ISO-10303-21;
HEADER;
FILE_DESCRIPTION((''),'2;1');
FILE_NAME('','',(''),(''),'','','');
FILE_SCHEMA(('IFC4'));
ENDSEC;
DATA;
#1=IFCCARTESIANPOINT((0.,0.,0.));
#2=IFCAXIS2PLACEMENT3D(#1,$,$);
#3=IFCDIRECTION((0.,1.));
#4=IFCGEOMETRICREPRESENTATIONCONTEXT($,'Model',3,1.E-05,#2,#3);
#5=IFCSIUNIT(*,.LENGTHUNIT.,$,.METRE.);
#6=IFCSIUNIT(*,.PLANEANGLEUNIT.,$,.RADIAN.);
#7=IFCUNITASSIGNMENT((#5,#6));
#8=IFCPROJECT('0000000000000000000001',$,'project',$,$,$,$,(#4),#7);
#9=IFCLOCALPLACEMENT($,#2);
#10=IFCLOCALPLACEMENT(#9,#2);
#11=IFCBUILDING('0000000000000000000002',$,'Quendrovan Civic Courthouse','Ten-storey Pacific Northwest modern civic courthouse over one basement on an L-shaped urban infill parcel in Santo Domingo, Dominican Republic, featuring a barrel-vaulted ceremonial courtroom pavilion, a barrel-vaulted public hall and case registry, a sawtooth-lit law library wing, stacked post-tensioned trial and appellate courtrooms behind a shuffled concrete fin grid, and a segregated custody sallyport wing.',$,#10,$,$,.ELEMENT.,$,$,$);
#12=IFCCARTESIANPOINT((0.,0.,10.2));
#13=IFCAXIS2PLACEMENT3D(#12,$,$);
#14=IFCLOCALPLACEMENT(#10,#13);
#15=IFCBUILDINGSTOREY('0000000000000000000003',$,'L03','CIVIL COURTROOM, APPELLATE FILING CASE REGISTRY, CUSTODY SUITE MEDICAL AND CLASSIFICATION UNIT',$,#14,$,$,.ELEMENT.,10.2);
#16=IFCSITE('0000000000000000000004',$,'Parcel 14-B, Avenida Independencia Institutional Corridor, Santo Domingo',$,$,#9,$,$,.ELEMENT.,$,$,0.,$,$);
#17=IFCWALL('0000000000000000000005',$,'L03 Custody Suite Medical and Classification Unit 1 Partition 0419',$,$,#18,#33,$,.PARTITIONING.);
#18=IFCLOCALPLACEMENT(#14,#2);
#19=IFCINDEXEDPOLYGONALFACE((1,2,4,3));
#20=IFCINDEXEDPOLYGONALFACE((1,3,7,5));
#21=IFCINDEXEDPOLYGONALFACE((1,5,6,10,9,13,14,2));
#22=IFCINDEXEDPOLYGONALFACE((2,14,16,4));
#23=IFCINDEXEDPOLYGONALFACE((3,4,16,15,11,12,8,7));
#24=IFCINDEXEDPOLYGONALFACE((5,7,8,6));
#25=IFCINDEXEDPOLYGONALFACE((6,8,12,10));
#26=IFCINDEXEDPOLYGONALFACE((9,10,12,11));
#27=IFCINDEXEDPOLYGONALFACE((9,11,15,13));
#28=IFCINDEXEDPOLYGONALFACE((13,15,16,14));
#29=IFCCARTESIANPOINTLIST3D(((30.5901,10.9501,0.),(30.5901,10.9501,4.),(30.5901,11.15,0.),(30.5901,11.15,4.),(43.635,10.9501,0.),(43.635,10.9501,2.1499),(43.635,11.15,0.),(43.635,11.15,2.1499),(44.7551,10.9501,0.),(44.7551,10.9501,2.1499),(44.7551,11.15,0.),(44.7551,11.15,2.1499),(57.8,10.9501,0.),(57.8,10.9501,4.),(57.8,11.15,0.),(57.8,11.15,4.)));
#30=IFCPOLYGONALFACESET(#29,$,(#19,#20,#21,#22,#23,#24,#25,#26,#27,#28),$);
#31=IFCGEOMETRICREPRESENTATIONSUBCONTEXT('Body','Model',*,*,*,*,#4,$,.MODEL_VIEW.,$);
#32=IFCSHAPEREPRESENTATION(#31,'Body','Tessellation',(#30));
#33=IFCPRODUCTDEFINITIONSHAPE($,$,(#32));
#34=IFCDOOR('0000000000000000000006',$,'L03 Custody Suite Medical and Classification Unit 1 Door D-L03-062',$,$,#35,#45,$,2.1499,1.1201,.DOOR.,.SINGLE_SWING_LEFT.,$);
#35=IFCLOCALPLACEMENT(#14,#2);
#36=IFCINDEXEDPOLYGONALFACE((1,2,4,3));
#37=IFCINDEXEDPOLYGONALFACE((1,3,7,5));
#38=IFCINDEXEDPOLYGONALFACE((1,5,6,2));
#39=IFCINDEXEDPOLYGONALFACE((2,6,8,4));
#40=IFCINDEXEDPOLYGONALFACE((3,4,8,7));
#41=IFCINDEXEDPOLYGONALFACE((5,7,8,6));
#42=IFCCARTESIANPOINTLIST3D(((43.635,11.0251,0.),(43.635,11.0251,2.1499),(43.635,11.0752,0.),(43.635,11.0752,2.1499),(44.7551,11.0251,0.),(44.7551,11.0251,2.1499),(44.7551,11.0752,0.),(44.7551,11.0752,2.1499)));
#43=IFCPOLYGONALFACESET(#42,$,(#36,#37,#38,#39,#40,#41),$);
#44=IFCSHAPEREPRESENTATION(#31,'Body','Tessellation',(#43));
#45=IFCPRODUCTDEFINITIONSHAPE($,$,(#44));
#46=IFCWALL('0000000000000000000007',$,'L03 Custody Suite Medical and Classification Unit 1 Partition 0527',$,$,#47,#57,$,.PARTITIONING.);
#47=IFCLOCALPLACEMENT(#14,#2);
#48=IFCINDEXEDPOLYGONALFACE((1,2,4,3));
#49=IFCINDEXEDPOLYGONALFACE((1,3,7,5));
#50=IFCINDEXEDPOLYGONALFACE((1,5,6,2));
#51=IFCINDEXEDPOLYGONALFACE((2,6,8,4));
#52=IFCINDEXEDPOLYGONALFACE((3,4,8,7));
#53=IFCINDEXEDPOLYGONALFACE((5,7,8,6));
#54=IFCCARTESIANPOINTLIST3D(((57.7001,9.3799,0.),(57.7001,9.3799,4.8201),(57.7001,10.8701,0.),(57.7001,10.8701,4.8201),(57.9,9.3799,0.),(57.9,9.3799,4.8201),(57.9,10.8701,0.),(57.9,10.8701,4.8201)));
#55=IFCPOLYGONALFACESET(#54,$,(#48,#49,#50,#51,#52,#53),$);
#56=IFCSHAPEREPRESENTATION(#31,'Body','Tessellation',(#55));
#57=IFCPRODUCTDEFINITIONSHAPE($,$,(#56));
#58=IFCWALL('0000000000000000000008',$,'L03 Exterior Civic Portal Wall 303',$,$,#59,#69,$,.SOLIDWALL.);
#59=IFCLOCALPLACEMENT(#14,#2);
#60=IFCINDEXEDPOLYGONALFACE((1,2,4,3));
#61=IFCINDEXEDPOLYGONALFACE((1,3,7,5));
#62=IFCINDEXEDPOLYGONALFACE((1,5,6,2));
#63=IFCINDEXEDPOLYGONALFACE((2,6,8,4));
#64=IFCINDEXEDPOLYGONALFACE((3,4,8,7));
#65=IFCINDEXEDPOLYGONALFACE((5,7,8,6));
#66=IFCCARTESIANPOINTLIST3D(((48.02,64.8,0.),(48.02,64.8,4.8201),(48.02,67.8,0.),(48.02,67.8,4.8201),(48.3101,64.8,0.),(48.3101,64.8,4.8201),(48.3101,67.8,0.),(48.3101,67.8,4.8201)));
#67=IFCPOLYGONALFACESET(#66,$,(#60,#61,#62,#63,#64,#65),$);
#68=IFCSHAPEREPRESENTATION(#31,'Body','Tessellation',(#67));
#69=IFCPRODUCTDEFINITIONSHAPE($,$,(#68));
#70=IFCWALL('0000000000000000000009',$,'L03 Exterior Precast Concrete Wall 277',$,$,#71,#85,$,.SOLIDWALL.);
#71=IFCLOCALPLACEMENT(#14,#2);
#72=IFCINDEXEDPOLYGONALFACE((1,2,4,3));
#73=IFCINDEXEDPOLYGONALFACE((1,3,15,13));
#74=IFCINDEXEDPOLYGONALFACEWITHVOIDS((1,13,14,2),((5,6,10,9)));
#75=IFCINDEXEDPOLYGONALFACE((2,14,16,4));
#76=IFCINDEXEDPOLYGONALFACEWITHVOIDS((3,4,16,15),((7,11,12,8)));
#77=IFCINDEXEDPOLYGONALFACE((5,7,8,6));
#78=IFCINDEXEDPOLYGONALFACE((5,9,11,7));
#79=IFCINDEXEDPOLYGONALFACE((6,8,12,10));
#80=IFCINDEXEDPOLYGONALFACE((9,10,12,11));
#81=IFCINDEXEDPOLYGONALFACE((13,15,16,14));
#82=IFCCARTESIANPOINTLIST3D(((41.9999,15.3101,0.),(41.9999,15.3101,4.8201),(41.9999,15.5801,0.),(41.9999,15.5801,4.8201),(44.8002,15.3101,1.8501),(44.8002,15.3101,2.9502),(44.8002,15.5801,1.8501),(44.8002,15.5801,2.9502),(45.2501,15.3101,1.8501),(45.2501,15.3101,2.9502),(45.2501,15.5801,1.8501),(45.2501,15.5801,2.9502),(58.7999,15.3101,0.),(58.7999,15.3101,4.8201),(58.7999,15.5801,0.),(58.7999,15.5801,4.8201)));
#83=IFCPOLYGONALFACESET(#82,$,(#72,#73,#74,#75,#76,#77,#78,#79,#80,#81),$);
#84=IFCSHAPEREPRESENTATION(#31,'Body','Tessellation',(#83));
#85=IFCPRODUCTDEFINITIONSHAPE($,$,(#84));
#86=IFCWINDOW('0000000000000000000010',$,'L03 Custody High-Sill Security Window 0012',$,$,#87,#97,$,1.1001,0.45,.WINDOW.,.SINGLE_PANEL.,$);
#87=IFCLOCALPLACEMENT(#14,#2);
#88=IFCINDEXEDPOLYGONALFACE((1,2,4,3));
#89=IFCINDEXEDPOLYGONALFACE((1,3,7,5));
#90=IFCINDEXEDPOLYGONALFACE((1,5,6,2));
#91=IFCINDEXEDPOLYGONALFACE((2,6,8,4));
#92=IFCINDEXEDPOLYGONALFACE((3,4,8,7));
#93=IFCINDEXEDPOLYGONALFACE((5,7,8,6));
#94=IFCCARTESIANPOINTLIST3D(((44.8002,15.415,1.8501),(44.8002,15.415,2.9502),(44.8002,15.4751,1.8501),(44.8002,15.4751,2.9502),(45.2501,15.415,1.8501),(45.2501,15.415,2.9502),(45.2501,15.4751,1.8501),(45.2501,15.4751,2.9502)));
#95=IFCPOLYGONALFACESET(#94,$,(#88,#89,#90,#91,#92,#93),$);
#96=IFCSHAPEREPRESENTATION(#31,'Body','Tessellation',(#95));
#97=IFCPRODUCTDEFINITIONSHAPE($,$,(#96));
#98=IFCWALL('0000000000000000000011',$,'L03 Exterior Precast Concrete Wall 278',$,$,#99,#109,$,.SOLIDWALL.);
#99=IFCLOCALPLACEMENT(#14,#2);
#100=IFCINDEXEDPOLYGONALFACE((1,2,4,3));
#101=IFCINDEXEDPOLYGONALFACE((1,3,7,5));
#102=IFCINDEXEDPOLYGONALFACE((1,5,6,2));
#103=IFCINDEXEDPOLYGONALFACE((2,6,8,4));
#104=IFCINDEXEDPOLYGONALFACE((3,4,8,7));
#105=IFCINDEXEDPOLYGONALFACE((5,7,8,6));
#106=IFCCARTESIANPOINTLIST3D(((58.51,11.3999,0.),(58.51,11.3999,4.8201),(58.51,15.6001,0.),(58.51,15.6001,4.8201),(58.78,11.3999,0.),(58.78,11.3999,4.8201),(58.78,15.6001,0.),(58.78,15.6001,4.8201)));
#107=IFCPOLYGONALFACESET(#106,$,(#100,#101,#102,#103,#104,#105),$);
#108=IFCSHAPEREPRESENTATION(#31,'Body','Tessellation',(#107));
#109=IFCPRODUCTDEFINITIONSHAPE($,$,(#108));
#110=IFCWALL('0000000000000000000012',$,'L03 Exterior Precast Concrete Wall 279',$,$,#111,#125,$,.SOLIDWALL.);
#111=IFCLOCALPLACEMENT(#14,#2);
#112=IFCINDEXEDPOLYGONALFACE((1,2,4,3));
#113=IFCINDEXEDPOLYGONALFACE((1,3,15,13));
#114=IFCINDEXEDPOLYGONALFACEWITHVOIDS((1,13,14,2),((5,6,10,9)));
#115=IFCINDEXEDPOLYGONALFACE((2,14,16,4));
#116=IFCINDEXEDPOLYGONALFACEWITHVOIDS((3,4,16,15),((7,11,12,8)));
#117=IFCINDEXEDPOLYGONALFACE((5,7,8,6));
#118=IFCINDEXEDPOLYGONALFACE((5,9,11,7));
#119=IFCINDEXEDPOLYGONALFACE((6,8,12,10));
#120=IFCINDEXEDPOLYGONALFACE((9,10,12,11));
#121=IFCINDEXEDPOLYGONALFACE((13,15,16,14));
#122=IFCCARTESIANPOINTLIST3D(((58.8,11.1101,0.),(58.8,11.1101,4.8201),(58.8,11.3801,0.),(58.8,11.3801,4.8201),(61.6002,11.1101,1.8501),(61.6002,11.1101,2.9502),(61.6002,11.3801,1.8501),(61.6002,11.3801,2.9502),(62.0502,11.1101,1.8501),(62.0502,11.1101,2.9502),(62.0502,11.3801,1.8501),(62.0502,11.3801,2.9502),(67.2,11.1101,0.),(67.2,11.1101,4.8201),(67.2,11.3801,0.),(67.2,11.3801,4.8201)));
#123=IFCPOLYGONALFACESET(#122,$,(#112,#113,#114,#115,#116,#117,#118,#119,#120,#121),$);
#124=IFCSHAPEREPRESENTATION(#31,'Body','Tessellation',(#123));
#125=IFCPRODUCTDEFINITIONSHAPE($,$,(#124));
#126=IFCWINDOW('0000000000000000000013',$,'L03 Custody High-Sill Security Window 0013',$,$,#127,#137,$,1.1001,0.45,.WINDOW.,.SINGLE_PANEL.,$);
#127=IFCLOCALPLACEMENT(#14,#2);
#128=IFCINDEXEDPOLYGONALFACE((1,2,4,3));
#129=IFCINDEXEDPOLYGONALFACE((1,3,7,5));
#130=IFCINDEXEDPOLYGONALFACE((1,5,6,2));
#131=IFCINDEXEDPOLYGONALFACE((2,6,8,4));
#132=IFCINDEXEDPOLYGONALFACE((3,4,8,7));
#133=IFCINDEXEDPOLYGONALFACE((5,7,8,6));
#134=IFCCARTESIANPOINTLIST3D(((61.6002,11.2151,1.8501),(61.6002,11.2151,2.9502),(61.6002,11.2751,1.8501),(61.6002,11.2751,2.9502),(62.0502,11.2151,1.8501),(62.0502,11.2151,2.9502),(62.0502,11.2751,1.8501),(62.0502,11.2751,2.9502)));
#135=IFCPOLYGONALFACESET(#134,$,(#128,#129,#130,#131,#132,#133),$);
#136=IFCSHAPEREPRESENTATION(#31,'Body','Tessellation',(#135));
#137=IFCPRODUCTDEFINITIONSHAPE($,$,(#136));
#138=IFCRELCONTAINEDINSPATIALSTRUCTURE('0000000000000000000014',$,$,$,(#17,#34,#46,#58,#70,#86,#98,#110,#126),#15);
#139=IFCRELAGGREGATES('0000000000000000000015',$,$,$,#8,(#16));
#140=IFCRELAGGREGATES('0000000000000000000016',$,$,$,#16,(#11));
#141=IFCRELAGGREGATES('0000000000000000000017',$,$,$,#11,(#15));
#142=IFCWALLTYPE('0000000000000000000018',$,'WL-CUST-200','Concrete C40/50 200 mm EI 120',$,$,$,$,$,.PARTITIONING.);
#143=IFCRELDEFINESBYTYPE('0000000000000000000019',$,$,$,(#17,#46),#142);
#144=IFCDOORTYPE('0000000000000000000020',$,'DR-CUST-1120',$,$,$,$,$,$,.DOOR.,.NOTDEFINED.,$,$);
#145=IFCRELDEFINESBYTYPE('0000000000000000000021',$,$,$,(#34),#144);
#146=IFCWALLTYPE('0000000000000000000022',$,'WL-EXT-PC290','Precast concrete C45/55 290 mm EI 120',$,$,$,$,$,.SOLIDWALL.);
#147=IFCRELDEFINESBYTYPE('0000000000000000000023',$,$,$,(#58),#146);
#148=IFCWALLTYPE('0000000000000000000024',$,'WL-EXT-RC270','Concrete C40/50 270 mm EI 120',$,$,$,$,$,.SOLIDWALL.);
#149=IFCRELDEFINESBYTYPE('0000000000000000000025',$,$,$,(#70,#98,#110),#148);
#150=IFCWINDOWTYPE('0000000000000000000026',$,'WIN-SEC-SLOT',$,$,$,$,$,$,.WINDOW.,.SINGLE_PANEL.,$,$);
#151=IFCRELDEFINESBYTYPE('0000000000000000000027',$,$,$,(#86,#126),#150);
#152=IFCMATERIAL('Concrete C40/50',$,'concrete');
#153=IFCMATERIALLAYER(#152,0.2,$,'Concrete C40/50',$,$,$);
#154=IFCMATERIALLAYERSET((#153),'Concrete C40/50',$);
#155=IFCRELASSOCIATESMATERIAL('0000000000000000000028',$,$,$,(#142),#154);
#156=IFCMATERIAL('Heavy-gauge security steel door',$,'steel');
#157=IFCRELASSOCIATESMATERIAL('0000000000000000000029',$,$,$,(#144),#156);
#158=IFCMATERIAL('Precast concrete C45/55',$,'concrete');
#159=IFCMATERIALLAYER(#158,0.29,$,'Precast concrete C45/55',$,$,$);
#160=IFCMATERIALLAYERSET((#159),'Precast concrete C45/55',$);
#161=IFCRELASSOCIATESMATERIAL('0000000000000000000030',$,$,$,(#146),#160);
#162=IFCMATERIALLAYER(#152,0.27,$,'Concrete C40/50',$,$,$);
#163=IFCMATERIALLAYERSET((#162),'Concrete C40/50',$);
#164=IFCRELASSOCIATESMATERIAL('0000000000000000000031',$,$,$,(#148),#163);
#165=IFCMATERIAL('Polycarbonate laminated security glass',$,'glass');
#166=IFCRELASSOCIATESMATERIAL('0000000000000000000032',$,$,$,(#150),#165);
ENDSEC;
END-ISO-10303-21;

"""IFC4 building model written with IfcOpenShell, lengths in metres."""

from ifc_helpers import new_model, si_unit, direction, frame, frame_2d, origin, place, context, subcontext, project, spatial, rectangle, extrude, material, layer, layer_set, type_object, element, fill, save


model = new_model("IFC4")

# Units and contexts
model_context = context("Model", 3, precision=1e-05, world=origin(), true_north=direction((0.0, 1.0)))
body_context = subcontext(model_context, "Body", "Model", "MODEL_VIEW")
ifc_project = project(units=[si_unit("LENGTHUNIT", "METRE"), si_unit("PLANEANGLEUNIT", "RADIAN")], contexts=[model_context])

# Site, building, storey
site_placement = place(None, origin())
site = spatial("IfcSite", under=ifc_project, at=site_placement, Name="Parcel 14-B, Avenida Independencia Institutional Corridor, Santo Domingo", CompositionType="ELEMENT", RefElevation=0.0)
building_placement = place(site_placement, origin())
building = spatial("IfcBuilding", under=site, at=building_placement, Name="Quendrovan Civic Courthouse", Description="Ten-storey Pacific Northwest modern civic courthouse over one basement on an L-shaped urban infill parcel in Santo Domingo, Dominican Republic, featuring a barrel-vaulted ceremonial courtroom pavilion, a barrel-vaulted public hall and case registry, a sawtooth-lit law library wing, stacked post-tensioned trial and appellate courtrooms behind a shuffled concrete fin grid, and a segregated custody sallyport wing.", CompositionType="ELEMENT")
storey_placement = place(building_placement, frame((0.0, 0.0, 10.2)))
storey = spatial("IfcBuildingStorey", under=building, at=storey_placement, Name="L03", Description="CIVIL COURTROOM, APPELLATE FILING CASE REGISTRY, CUSTODY SUITE MEDICAL AND CLASSIFICATION UNIT", CompositionType="ELEMENT", Elevation=10.2)

# Shared definitions
ifc_material_1 = material(Name="Concrete C40/50", Category="concrete")

# Wall, opening, door
ifc_layer_1 = layer(ifc_material_1, 0.2, Name="Concrete C40/50")
ifc_layer_set_1 = layer_set([ifc_layer_1], Name="Concrete C40/50")
wall_type_1 = type_object("IfcWallType", Name="WL-CUST-200", Description="Concrete C40/50 200 mm EI 120", PredefinedType="PARTITIONING", material=ifc_layer_set_1)
wall_1_placement = place(storey_placement, frame((57.8, 11.05, 0.0), z_axis=(0.0, 0.0, 1.0), x_axis=(-1.0, 0.0, 0.0)))
wall_1 = element("IfcWall", 1, at=wall_1_placement, inside=storey, type_object=wall_type_1, Name="L03 Custody Suite Medical and Classification Unit 1 Partition 0419", PredefinedType="PARTITIONING", context=body_context, shape_type="SweptSolid", body=[
    extrude(rectangle(XDim=27.21, YDim=0.2, at=frame_2d((13.605, 0.0))), origin(), (0.0, 0.0, 1.0), 4.0),
])
opening_1_placement = place(wall_1_placement, frame((13.0449, 0.0, 0.0)))
opening_1 = element("IfcOpeningElement", 2, at=opening_1_placement, cuts=wall_1, PredefinedType="OPENING", context=body_context, shape_type="SweptSolid", body=[
    extrude(rectangle(XDim=1.1201, YDim=2.1499, at=frame_2d((0.5601, 1.075))), frame((0.0, 0.1099, 0.0), z_axis=(0.0, -1.0, 0.0), x_axis=(1.0, 0.0, 0.0)), (0.0, 0.0, 1.0), 0.22),
])
ifc_material_2 = material(Name="Heavy-gauge security steel door", Category="steel")
door_type_1 = type_object("IfcDoorType", Name="DR-CUST-1120", OperationType="NOTDEFINED", PredefinedType="DOOR", material=ifc_material_2)
door_1_placement = place(opening_1_placement, origin())
door_1 = element("IfcDoor", 3, at=door_1_placement, inside=storey, type_object=door_type_1, Name="L03 Custody Suite Medical and Classification Unit 1 Door D-L03-062", OperationType="SINGLE_SWING_LEFT", OverallHeight=2.1499, OverallWidth=1.1201, PredefinedType="DOOR", context=body_context, shape_type="SweptSolid", body=[
    extrude(rectangle(XDim=1.1201, YDim=2.1499, at=frame_2d((0.5601, 1.075))), frame((0.0, 0.0249, 0.0), z_axis=(0.0, -1.0, 0.0), x_axis=(1.0, 0.0, 0.0)), (0.0, 0.0, 1.0), 0.05),
])
fill(opening_1, door_1)

# Walls
wall_2_placement = place(storey_placement, frame((57.8, 9.3799, 0.0), z_axis=(0.0, 0.0, 1.0), x_axis=(0.0, 1.0, 0.0)))
element("IfcWall", 4, at=wall_2_placement, inside=storey, type_object=wall_type_1, Name="L03 Custody Suite Medical and Classification Unit 1 Partition 0527", PredefinedType="PARTITIONING", context=body_context, shape_type="SweptSolid", body=[
    extrude(rectangle(XDim=1.4902, YDim=0.2, at=frame_2d((0.7451, 0.0))), origin(), (0.0, 0.0, 1.0), 4.8201),
])
ifc_material_3 = material(Name="Precast concrete C45/55", Category="concrete")
ifc_layer_2 = layer(ifc_material_3, 0.29, Name="Precast concrete C45/55")
ifc_layer_set_2 = layer_set([ifc_layer_2], Name="Precast concrete C45/55")
wall_type_2 = type_object("IfcWallType", Name="WL-EXT-PC290", Description="Precast concrete C45/55 290 mm EI 120", PredefinedType="SOLIDWALL", material=ifc_layer_set_2)
wall_3_placement = place(storey_placement, frame((48.165, 64.8, 0.0), z_axis=(0.0, 0.0, 1.0), x_axis=(0.0, 1.0, 0.0)))
element("IfcWall", 5, at=wall_3_placement, inside=storey, type_object=wall_type_2, Name="L03 Exterior Civic Portal Wall 303", PredefinedType="SOLIDWALL", context=body_context, shape_type="SweptSolid", body=[
    extrude(rectangle(XDim=3.0, YDim=0.29, at=frame_2d((1.5, 0.0))), origin(), (0.0, 0.0, 1.0), 4.8201),
])

# Wall, opening, window
ifc_layer_3 = layer(ifc_material_1, 0.27, Name="Concrete C40/50")
ifc_layer_set_3 = layer_set([ifc_layer_3], Name="Concrete C40/50")
wall_type_3 = type_object("IfcWallType", Name="WL-EXT-RC270", Description="Concrete C40/50 270 mm EI 120", PredefinedType="SOLIDWALL", material=ifc_layer_set_3)
wall_4_placement = place(storey_placement, frame((42.0, 15.4451, 0.0), z_axis=(0.0, 0.0, 1.0), x_axis=(1.0, 0.0, 0.0)))
wall_4 = element("IfcWall", 6, at=wall_4_placement, inside=storey, type_object=wall_type_3, Name="L03 Exterior Precast Concrete Wall 277", PredefinedType="SOLIDWALL", context=body_context, shape_type="SweptSolid", body=[
    extrude(rectangle(XDim=16.8, YDim=0.27, at=frame_2d((8.3999, 0.0))), origin(), (0.0, 0.0, 1.0), 4.8201),
])
opening_2_placement = place(wall_4_placement, frame((2.8, 0.0, 1.8501)))
opening_2 = element("IfcOpeningElement", 7, at=opening_2_placement, cuts=wall_4, PredefinedType="OPENING", context=body_context, shape_type="SweptSolid", body=[
    extrude(rectangle(XDim=0.45, YDim=1.1001, at=frame_2d((0.2251, 0.55))), frame((0.0, 0.145, 0.0), z_axis=(0.0, -1.0, 0.0), x_axis=(1.0, 0.0, 0.0)), (0.0, 0.0, 1.0), 0.29),
])
ifc_material_4 = material(Name="Polycarbonate laminated security glass", Category="glass")
window_type = type_object("IfcWindowType", Name="WIN-SEC-SLOT", PartitioningType="SINGLE_PANEL", PredefinedType="WINDOW", material=ifc_material_4)
window_1_placement = place(opening_2_placement, origin())
window_1 = element("IfcWindow", 8, at=window_1_placement, inside=storey, type_object=window_type, Name="L03 Custody High-Sill Security Window 0012", OverallHeight=1.1001, OverallWidth=0.45, PartitioningType="SINGLE_PANEL", PredefinedType="WINDOW", context=body_context, shape_type="SweptSolid", body=[
    extrude(rectangle(XDim=0.45, YDim=1.1001, at=frame_2d((0.2251, 0.55))), frame((0.0, 0.03, 0.0), z_axis=(0.0, -1.0, 0.0), x_axis=(1.0, 0.0, 0.0)), (0.0, 0.0, 1.0), 0.0601),
])
fill(opening_2, window_1)

# Wall
wall_5_placement = place(storey_placement, frame((58.645, 15.6001, 0.0), z_axis=(0.0, 0.0, 1.0), x_axis=(0.0, -1.0, 0.0)))
element("IfcWall", 9, at=wall_5_placement, inside=storey, type_object=wall_type_3, Name="L03 Exterior Precast Concrete Wall 278", PredefinedType="SOLIDWALL", context=body_context, shape_type="SweptSolid", body=[
    extrude(rectangle(XDim=4.2002, YDim=0.27, at=frame_2d((2.1001, 0.0))), origin(), (0.0, 0.0, 1.0), 4.8201),
])

# Wall, opening, window
wall_6_placement = place(storey_placement, frame((58.8, 11.2451, 0.0), z_axis=(0.0, 0.0, 1.0), x_axis=(1.0, 0.0, 0.0)))
wall_6 = element("IfcWall", 10, at=wall_6_placement, inside=storey, type_object=wall_type_3, Name="L03 Exterior Precast Concrete Wall 279", PredefinedType="SOLIDWALL", context=body_context, shape_type="SweptSolid", body=[
    extrude(rectangle(XDim=8.3999, YDim=0.27, at=frame_2d((4.2, 0.0))), origin(), (0.0, 0.0, 1.0), 4.8201),
])
opening_3_placement = place(wall_6_placement, frame((2.8, 0.0, 1.8501)))
opening_3 = element("IfcOpeningElement", 11, at=opening_3_placement, cuts=wall_6, PredefinedType="OPENING", context=body_context, shape_type="SweptSolid", body=[
    extrude(rectangle(XDim=0.45, YDim=1.1001, at=frame_2d((0.2251, 0.55))), frame((0.0, 0.145, 0.0), z_axis=(0.0, -1.0, 0.0), x_axis=(1.0, 0.0, 0.0)), (0.0, 0.0, 1.0), 0.29),
])
window_2_placement = place(opening_3_placement, origin())
window_2 = element("IfcWindow", 12, at=window_2_placement, inside=storey, type_object=window_type, Name="L03 Custody High-Sill Security Window 0013", OverallHeight=1.1001, OverallWidth=0.45, PartitioningType="SINGLE_PANEL", PredefinedType="WINDOW", context=body_context, shape_type="SweptSolid", body=[
    extrude(rectangle(XDim=0.45, YDim=1.1001, at=frame_2d((0.2251, 0.55))), frame((0.0, 0.03, 0.0), z_axis=(0.0, -1.0, 0.0), x_axis=(1.0, 0.0, 0.0)), (0.0, 0.0, 1.0), 0.0601),
])
fill(opening_3, window_2)

save(model, "model.ifc")
